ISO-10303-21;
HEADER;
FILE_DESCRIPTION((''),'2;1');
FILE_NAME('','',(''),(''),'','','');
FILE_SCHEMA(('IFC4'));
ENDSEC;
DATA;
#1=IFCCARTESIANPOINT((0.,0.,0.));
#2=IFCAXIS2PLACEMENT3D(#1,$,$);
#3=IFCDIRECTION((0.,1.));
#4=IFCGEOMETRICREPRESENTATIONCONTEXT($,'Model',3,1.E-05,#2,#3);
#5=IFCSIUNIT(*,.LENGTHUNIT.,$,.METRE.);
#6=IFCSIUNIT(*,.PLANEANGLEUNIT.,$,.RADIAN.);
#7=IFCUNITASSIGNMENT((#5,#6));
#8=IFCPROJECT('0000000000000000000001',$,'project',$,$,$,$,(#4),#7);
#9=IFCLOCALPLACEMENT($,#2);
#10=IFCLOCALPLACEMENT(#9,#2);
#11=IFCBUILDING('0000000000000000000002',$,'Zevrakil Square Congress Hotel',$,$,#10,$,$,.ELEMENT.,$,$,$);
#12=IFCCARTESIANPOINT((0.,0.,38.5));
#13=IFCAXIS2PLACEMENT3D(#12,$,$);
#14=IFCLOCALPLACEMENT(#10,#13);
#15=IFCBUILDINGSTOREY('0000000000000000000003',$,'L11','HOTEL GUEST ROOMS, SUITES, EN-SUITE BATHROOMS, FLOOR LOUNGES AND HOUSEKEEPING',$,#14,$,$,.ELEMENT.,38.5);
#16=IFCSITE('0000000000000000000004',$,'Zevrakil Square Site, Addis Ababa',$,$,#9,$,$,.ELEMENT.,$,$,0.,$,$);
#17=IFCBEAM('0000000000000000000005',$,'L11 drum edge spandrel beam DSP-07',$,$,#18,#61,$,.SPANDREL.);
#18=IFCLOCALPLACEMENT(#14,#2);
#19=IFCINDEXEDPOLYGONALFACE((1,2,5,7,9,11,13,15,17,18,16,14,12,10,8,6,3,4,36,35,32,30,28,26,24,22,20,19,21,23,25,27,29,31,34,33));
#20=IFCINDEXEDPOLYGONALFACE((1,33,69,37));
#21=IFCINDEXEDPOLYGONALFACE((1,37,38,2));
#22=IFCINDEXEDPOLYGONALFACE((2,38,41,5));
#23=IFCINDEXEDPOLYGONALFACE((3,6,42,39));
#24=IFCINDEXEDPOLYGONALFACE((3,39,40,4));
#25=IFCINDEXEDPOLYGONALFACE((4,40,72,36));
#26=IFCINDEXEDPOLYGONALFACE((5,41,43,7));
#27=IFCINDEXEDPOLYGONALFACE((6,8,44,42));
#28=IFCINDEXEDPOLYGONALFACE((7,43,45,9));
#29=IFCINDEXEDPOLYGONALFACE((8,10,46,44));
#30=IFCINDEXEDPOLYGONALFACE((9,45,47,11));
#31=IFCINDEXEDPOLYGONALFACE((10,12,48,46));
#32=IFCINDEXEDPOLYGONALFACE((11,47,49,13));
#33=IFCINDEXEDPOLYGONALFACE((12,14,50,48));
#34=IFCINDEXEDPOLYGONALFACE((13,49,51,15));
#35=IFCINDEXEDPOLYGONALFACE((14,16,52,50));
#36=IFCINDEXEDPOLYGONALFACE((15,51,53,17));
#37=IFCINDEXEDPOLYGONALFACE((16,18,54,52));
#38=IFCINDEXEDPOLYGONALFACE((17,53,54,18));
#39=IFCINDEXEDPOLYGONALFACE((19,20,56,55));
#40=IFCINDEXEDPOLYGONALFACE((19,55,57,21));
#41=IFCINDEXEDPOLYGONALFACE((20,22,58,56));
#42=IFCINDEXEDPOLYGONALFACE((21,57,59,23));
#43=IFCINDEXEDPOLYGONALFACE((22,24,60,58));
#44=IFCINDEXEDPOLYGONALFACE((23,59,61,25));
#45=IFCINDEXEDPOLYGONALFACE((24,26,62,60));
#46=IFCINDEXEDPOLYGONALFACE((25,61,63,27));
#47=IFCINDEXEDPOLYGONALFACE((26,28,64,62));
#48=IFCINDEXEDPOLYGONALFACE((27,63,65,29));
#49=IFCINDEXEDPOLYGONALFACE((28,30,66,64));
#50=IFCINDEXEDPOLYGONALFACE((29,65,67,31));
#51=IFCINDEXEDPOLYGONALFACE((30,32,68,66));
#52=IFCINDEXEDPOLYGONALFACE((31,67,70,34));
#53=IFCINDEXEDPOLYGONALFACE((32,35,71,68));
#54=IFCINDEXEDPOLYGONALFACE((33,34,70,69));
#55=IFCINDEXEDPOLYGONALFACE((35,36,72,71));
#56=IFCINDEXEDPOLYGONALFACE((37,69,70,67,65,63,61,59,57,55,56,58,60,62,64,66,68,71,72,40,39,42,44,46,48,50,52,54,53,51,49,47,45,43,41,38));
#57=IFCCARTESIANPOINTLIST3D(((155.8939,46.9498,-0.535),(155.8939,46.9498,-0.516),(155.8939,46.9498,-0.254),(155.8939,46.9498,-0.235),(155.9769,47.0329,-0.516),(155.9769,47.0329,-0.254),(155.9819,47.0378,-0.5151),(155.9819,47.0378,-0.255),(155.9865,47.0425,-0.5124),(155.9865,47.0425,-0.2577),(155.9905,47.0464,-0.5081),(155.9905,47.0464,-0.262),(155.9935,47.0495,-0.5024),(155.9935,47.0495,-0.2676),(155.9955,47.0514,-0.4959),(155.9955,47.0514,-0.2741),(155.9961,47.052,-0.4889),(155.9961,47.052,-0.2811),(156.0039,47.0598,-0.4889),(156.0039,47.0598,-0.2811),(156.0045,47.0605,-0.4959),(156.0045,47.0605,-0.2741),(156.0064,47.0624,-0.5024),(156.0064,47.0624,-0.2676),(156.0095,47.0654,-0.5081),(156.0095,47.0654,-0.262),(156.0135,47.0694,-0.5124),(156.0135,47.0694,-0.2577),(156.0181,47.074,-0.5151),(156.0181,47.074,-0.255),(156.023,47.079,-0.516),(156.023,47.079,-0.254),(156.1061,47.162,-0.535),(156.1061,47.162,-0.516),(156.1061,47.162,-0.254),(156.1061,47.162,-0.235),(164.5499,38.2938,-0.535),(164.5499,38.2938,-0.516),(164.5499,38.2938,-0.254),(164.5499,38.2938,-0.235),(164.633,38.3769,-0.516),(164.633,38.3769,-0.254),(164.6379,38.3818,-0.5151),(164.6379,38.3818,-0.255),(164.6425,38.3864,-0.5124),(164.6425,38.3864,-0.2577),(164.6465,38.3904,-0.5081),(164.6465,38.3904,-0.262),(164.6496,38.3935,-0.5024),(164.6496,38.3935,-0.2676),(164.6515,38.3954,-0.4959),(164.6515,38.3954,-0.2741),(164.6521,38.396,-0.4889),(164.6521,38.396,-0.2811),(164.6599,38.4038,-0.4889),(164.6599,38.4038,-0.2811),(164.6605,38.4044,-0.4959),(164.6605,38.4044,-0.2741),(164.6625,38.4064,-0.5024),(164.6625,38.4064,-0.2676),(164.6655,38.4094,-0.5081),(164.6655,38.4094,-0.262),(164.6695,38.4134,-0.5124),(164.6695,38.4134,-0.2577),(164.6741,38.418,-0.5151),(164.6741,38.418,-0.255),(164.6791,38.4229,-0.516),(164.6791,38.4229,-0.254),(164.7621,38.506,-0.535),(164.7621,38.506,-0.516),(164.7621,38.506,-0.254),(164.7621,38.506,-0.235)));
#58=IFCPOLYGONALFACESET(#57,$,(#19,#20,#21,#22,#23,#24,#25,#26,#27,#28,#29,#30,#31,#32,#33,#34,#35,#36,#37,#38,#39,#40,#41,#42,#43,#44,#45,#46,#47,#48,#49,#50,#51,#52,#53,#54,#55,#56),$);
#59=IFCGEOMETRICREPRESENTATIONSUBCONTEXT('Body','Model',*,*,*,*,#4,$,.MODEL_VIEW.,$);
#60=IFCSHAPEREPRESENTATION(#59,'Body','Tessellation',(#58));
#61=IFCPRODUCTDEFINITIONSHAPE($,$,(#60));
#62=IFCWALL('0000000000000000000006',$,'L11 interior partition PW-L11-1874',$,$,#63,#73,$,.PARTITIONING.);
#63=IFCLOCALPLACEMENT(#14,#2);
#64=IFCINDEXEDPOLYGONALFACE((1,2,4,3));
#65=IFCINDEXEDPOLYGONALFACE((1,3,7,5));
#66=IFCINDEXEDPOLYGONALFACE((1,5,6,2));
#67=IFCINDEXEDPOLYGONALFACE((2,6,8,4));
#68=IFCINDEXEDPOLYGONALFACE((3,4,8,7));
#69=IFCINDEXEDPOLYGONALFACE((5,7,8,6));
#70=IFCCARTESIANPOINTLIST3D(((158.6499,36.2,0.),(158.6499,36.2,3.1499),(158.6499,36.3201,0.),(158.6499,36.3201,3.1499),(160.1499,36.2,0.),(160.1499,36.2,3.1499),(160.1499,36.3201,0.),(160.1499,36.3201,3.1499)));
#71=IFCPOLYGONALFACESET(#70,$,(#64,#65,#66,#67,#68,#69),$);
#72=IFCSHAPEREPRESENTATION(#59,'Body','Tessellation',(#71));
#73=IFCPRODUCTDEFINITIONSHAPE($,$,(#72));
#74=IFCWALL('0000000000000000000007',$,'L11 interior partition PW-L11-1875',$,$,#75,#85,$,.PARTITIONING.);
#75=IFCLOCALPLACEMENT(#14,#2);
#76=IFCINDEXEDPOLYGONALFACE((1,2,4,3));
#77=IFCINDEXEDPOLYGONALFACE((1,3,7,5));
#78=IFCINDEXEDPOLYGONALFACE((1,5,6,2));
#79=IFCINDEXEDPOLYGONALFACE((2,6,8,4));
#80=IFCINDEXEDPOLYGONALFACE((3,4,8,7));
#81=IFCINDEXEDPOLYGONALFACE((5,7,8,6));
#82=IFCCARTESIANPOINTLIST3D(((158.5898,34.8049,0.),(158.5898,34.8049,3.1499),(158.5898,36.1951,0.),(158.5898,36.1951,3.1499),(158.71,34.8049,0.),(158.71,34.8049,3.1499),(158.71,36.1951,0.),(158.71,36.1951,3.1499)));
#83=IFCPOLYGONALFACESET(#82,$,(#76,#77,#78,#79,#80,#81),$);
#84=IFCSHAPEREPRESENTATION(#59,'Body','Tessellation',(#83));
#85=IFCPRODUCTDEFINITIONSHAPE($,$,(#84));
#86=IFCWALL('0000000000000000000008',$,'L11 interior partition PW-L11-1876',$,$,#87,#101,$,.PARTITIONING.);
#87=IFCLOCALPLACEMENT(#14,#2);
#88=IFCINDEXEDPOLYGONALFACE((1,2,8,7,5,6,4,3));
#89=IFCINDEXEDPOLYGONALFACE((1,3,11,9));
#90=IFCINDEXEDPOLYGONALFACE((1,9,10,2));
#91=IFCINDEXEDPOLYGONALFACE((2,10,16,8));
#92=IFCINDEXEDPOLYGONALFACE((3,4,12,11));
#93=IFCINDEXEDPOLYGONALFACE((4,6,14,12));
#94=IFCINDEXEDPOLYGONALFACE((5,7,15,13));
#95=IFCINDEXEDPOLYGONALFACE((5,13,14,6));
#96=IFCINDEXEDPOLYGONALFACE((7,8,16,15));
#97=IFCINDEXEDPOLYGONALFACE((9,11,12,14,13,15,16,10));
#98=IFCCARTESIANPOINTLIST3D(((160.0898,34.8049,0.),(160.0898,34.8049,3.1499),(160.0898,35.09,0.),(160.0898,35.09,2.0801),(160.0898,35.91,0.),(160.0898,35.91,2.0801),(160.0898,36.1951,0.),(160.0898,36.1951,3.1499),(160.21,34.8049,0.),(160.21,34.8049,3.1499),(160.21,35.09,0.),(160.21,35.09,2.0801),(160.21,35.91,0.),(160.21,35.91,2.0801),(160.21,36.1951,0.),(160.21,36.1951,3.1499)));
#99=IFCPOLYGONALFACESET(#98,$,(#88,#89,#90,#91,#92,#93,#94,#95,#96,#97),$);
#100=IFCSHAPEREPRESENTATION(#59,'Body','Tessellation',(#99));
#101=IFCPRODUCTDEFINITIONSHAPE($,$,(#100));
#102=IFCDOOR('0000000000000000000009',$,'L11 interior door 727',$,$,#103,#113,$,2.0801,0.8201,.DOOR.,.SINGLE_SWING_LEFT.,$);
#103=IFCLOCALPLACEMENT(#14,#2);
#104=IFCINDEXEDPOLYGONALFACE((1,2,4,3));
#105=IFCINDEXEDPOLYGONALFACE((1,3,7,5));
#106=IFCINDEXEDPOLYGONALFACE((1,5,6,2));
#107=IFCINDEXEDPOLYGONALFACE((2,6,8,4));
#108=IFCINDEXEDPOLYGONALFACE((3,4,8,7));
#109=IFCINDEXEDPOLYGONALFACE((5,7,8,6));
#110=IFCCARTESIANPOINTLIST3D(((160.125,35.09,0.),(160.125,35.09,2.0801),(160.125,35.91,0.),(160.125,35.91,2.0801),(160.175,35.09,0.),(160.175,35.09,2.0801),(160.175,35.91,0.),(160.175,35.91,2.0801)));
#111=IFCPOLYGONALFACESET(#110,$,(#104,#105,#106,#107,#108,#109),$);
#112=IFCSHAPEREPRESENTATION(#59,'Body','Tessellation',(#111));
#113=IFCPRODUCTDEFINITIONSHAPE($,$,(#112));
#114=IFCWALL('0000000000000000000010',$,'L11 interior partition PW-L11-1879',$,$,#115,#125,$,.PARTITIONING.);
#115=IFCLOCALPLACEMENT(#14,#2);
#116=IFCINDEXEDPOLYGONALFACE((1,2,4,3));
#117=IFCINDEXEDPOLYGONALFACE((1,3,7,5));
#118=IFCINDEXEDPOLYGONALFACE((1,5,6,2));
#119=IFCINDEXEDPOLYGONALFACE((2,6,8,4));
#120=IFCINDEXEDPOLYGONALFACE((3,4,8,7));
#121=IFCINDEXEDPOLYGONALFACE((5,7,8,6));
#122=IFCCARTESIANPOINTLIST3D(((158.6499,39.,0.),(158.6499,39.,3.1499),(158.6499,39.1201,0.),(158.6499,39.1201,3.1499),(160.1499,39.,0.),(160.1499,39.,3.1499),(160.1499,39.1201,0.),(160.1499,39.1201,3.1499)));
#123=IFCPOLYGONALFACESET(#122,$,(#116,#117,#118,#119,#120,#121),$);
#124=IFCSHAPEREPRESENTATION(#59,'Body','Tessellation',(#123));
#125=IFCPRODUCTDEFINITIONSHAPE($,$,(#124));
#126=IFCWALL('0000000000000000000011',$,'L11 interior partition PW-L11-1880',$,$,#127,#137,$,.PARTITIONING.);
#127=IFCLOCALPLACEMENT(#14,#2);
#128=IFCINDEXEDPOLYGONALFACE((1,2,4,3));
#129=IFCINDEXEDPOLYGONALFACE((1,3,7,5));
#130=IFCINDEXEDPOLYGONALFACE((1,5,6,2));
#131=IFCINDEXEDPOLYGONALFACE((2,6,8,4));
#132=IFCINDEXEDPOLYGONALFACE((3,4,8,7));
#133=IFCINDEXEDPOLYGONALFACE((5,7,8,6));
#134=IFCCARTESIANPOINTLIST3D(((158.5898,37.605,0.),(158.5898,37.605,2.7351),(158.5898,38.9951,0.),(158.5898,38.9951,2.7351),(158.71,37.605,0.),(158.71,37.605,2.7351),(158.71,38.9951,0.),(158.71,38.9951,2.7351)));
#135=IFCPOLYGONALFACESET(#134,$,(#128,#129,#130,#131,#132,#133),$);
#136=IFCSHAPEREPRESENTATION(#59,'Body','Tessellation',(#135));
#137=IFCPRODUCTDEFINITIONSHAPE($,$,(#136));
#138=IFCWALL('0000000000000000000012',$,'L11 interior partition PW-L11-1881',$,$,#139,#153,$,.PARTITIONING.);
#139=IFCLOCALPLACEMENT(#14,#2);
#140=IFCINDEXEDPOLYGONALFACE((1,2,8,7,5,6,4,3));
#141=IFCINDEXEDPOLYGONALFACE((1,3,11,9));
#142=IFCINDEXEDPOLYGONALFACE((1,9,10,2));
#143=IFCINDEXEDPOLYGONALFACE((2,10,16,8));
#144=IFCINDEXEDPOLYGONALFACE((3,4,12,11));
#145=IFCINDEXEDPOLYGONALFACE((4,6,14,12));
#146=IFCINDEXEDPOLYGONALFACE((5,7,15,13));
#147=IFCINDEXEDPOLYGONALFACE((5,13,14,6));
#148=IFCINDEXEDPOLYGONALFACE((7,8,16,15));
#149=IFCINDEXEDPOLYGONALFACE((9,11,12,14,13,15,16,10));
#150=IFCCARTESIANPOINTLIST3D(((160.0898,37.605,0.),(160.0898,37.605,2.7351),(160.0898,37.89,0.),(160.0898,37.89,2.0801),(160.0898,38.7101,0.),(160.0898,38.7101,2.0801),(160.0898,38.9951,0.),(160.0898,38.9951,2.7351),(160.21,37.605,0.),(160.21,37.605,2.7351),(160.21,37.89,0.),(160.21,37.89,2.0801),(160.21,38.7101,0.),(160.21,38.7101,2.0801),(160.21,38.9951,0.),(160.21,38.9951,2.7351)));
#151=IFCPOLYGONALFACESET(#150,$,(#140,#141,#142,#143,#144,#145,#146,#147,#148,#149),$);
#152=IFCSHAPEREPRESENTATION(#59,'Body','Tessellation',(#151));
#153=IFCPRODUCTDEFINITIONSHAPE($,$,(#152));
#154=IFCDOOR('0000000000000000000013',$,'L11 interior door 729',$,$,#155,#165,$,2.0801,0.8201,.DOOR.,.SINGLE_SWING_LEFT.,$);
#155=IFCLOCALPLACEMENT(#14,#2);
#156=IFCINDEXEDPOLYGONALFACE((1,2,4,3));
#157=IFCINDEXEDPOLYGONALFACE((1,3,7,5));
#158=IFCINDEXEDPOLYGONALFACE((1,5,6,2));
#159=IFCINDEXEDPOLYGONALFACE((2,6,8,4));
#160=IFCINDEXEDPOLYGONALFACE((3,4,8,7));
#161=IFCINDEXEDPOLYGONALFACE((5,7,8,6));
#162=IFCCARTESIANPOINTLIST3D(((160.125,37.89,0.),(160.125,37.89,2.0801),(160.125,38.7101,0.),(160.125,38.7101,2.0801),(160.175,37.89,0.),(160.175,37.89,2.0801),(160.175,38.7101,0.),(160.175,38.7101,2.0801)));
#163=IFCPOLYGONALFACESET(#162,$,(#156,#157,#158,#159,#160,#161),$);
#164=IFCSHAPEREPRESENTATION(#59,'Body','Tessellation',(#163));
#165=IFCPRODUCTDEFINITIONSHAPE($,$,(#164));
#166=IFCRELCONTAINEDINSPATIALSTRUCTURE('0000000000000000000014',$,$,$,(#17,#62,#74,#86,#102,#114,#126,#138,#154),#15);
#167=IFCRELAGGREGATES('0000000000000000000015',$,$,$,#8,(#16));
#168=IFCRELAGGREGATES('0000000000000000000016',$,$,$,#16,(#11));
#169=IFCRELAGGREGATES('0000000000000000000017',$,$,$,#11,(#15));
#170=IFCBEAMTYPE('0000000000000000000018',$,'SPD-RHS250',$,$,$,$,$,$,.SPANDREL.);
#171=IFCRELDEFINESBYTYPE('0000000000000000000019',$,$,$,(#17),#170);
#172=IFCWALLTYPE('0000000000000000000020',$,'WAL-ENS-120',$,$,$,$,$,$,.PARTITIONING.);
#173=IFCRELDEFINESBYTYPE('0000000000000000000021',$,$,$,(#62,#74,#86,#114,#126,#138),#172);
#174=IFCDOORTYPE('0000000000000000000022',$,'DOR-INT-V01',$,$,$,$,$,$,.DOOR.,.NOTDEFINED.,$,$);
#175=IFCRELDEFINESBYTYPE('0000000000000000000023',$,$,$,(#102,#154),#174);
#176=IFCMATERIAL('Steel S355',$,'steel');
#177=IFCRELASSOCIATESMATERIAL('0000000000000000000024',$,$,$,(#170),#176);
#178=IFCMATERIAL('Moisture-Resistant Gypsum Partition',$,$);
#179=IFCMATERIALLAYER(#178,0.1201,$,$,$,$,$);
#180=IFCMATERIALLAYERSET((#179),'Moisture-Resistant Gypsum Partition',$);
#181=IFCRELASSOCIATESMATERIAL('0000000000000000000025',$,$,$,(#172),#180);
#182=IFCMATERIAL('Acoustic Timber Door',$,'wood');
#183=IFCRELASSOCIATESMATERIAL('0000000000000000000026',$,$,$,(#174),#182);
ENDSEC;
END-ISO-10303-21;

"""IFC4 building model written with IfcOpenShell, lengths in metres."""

from ifc_helpers import new_model, si_unit, direction, frame, frame_2d, origin, origin_2d, place, context, subcontext, project, spatial, rectangle, i_section, extrude, material, layer, layer_set, material_profile, profile_set, type_object, element, fill, save


model = new_model("IFC4")

# Units and contexts
model_context = context("Model", 3, precision=1e-05, world=origin(), true_north=direction((0.0, 1.0)))
body_context = subcontext(model_context, "Body", "Model", "MODEL_VIEW")
ifc_project = project(units=[si_unit("LENGTHUNIT", "METRE"), si_unit("PLANEANGLEUNIT", "RADIAN")], contexts=[model_context])

# Site, building, storey
site_placement = place(None, origin())
site = spatial("IfcSite", under=ifc_project, at=site_placement, Name="Zevrakil Square Site, Addis Ababa", CompositionType="ELEMENT", RefElevation=0.0)
building_placement = place(site_placement, origin())
building = spatial("IfcBuilding", under=site, at=building_placement, Name="Zevrakil Square Congress Hotel", CompositionType="ELEMENT")
storey_placement = place(building_placement, frame((0.0, 0.0, 38.5)))
storey = spatial("IfcBuildingStorey", under=building, at=storey_placement, Name="L11", Description="HOTEL GUEST ROOMS, SUITES, EN-SUITE BATHROOMS, FLOOR LOUNGES AND HOUSEKEEPING", CompositionType="ELEMENT", Elevation=38.5)

# Beam
ifc_material_1 = material(Name="Steel S355", Category="steel")
ifc_material_profile_1 = material_profile(ifc_material_1, i_section(OverallWidth=0.3, OverallDepth=0.3, WebThickness=0.011, FlangeThickness=0.019, FilletRadius=0.0271, at=origin_2d()), Name="HEB 300")
ifc_profile_set_1 = profile_set([ifc_material_profile_1], Name="Steel S355")
beam_type_1 = type_object("IfcBeamType", Name="SPD-RHS250", PredefinedType="SPANDREL", material=ifc_profile_set_1)
beam_1_placement = place(storey_placement, frame((164.656, 38.3999, -0.385), z_axis=(-0.707107, 0.707107, 0.0), x_axis=(-0.707107, -0.707107, 0.0)))
element("IfcBeam", 1, at=beam_1_placement, inside=storey, type_object=beam_type_1, Name="L11 drum edge spandrel beam DSP-07", PredefinedType="SPANDREL", context=body_context, shape_type="SweptSolid", body=[
    extrude(i_section(OverallWidth=0.3, OverallDepth=0.3, WebThickness=0.011, FlangeThickness=0.019, FilletRadius=0.0271, at=origin_2d()), origin(), (0.0, 0.0, 1.0), 12.2415),
])

# Walls
ifc_material_2 = material(Name="Moisture-Resistant Gypsum Partition")
ifc_layer_1 = layer(ifc_material_2, 0.1201)
ifc_layer_set_1 = layer_set([ifc_layer_1], Name="Moisture-Resistant Gypsum Partition")
wall_type_1 = type_object("IfcWallType", Name="WAL-ENS-120", PredefinedType="PARTITIONING", material=ifc_layer_set_1)
wall_1_placement = place(storey_placement, frame((158.6499, 36.26, 0.0), z_axis=(0.0, 0.0, 1.0), x_axis=(1.0, 0.0, 0.0)))
element("IfcWall", 2, at=wall_1_placement, inside=storey, type_object=wall_type_1, Name="L11 interior partition PW-L11-1874", PredefinedType="PARTITIONING", context=body_context, shape_type="SweptSolid", body=[
    extrude(rectangle(XDim=1.5, YDim=0.1201, at=frame_2d((0.75, 0.0))), origin(), (0.0, 0.0, 1.0), 3.1499),
])
wall_2_placement = place(storey_placement, frame((158.6499, 34.8049, 0.0), z_axis=(0.0, 0.0, 1.0), x_axis=(0.0, 1.0, 0.0)))
element("IfcWall", 3, at=wall_2_placement, inside=storey, type_object=wall_type_1, Name="L11 interior partition PW-L11-1875", PredefinedType="PARTITIONING", context=body_context, shape_type="SweptSolid", body=[
    extrude(rectangle(XDim=1.3901, YDim=0.1201, at=frame_2d((0.6951, 0.0))), origin(), (0.0, 0.0, 1.0), 3.1499),
])

# Wall, opening, door
wall_3_placement = place(storey_placement, frame((160.1499, 34.8049, 0.0), z_axis=(0.0, 0.0, 1.0), x_axis=(0.0, 1.0, 0.0)))
wall_3 = element("IfcWall", 4, at=wall_3_placement, inside=storey, type_object=wall_type_1, Name="L11 interior partition PW-L11-1876", PredefinedType="PARTITIONING", context=body_context, shape_type="SweptSolid", body=[
    extrude(rectangle(XDim=1.3901, YDim=0.1201, at=frame_2d((0.6951, 0.0))), origin(), (0.0, 0.0, 1.0), 3.1499),
])
opening_1_placement = place(wall_3_placement, frame((0.2849, 0.0, 0.0)))
opening_1 = element("IfcOpeningElement", 5, at=opening_1_placement, cuts=wall_3, PredefinedType="OPENING", context=body_context, shape_type="SweptSolid", body=[
    extrude(rectangle(XDim=0.8201, YDim=2.0801, at=frame_2d((0.4102, 1.04))), frame((0.0, 0.0701, 0.0), z_axis=(0.0, -1.0, 0.0), x_axis=(1.0, 0.0, 0.0)), (0.0, 0.0, 1.0), 0.1401),
])
ifc_material_3 = material(Name="Acoustic Timber Door", Category="wood")
door_type = type_object("IfcDoorType", Name="DOR-INT-V01", OperationType="NOTDEFINED", PredefinedType="DOOR", material=ifc_material_3)
door_1_placement = place(opening_1_placement, origin())
door_1 = element("IfcDoor", 6, at=door_1_placement, inside=storey, type_object=door_type, Name="L11 interior door 727", OperationType="SINGLE_SWING_LEFT", OverallHeight=2.0801, OverallWidth=0.8201, PredefinedType="DOOR", context=body_context, shape_type="SweptSolid", body=[
    extrude(rectangle(XDim=0.8201, YDim=2.0801, at=frame_2d((0.4102, 1.04))), frame((0.0, 0.0249, 0.0), z_axis=(0.0, -1.0, 0.0), x_axis=(1.0, 0.0, 0.0)), (0.0, 0.0, 1.0), 0.05),
])
fill(opening_1, door_1)

# Walls
wall_4_placement = place(storey_placement, frame((158.6499, 39.0601, 0.0), z_axis=(0.0, 0.0, 1.0), x_axis=(1.0, 0.0, 0.0)))
element("IfcWall", 7, at=wall_4_placement, inside=storey, type_object=wall_type_1, Name="L11 interior partition PW-L11-1879", PredefinedType="PARTITIONING", context=body_context, shape_type="SweptSolid", body=[
    extrude(rectangle(XDim=1.5, YDim=0.1201, at=frame_2d((0.75, 0.0))), origin(), (0.0, 0.0, 1.0), 3.1499),
])
wall_5_placement = place(storey_placement, frame((158.6499, 37.605, 0.0), z_axis=(0.0, 0.0, 1.0), x_axis=(0.0, 1.0, 0.0)))
element("IfcWall", 8, at=wall_5_placement, inside=storey, type_object=wall_type_1, Name="L11 interior partition PW-L11-1880", PredefinedType="PARTITIONING", context=body_context, shape_type="SweptSolid", body=[
    extrude(rectangle(XDim=1.3901, YDim=0.1201, at=frame_2d((0.6951, 0.0))), origin(), (0.0, 0.0, 1.0), 2.7351),
])

# Wall, opening, door
wall_6_placement = place(storey_placement, frame((160.1499, 37.605, 0.0), z_axis=(0.0, 0.0, 1.0), x_axis=(0.0, 1.0, 0.0)))
wall_6 = element("IfcWall", 9, at=wall_6_placement, inside=storey, type_object=wall_type_1, Name="L11 interior partition PW-L11-1881", PredefinedType="PARTITIONING", context=body_context, shape_type="SweptSolid", body=[
    extrude(rectangle(XDim=1.3901, YDim=0.1201, at=frame_2d((0.6951, 0.0))), origin(), (0.0, 0.0, 1.0), 2.7351),
])
opening_2_placement = place(wall_6_placement, frame((0.2849, 0.0, 0.0)))
opening_2 = element("IfcOpeningElement", 10, at=opening_2_placement, cuts=wall_6, PredefinedType="OPENING", context=body_context, shape_type="SweptSolid", body=[
    extrude(rectangle(XDim=0.8201, YDim=2.0801, at=frame_2d((0.4102, 1.04))), frame((0.0, 0.0701, 0.0), z_axis=(0.0, -1.0, 0.0), x_axis=(1.0, 0.0, 0.0)), (0.0, 0.0, 1.0), 0.1401),
])
door_2_placement = place(opening_2_placement, origin())
door_2 = element("IfcDoor", 11, at=door_2_placement, inside=storey, type_object=door_type, Name="L11 interior door 729", OperationType="SINGLE_SWING_LEFT", OverallHeight=2.0801, OverallWidth=0.8201, PredefinedType="DOOR", context=body_context, shape_type="SweptSolid", body=[
    extrude(rectangle(XDim=0.8201, YDim=2.0801, at=frame_2d((0.4102, 1.04))), frame((0.0, 0.0249, 0.0), z_axis=(0.0, -1.0, 0.0), x_axis=(1.0, 0.0, 0.0)), (0.0, 0.0, 1.0), 0.05),
])
fill(opening_2, door_2)

save(model, "model.ifc")
